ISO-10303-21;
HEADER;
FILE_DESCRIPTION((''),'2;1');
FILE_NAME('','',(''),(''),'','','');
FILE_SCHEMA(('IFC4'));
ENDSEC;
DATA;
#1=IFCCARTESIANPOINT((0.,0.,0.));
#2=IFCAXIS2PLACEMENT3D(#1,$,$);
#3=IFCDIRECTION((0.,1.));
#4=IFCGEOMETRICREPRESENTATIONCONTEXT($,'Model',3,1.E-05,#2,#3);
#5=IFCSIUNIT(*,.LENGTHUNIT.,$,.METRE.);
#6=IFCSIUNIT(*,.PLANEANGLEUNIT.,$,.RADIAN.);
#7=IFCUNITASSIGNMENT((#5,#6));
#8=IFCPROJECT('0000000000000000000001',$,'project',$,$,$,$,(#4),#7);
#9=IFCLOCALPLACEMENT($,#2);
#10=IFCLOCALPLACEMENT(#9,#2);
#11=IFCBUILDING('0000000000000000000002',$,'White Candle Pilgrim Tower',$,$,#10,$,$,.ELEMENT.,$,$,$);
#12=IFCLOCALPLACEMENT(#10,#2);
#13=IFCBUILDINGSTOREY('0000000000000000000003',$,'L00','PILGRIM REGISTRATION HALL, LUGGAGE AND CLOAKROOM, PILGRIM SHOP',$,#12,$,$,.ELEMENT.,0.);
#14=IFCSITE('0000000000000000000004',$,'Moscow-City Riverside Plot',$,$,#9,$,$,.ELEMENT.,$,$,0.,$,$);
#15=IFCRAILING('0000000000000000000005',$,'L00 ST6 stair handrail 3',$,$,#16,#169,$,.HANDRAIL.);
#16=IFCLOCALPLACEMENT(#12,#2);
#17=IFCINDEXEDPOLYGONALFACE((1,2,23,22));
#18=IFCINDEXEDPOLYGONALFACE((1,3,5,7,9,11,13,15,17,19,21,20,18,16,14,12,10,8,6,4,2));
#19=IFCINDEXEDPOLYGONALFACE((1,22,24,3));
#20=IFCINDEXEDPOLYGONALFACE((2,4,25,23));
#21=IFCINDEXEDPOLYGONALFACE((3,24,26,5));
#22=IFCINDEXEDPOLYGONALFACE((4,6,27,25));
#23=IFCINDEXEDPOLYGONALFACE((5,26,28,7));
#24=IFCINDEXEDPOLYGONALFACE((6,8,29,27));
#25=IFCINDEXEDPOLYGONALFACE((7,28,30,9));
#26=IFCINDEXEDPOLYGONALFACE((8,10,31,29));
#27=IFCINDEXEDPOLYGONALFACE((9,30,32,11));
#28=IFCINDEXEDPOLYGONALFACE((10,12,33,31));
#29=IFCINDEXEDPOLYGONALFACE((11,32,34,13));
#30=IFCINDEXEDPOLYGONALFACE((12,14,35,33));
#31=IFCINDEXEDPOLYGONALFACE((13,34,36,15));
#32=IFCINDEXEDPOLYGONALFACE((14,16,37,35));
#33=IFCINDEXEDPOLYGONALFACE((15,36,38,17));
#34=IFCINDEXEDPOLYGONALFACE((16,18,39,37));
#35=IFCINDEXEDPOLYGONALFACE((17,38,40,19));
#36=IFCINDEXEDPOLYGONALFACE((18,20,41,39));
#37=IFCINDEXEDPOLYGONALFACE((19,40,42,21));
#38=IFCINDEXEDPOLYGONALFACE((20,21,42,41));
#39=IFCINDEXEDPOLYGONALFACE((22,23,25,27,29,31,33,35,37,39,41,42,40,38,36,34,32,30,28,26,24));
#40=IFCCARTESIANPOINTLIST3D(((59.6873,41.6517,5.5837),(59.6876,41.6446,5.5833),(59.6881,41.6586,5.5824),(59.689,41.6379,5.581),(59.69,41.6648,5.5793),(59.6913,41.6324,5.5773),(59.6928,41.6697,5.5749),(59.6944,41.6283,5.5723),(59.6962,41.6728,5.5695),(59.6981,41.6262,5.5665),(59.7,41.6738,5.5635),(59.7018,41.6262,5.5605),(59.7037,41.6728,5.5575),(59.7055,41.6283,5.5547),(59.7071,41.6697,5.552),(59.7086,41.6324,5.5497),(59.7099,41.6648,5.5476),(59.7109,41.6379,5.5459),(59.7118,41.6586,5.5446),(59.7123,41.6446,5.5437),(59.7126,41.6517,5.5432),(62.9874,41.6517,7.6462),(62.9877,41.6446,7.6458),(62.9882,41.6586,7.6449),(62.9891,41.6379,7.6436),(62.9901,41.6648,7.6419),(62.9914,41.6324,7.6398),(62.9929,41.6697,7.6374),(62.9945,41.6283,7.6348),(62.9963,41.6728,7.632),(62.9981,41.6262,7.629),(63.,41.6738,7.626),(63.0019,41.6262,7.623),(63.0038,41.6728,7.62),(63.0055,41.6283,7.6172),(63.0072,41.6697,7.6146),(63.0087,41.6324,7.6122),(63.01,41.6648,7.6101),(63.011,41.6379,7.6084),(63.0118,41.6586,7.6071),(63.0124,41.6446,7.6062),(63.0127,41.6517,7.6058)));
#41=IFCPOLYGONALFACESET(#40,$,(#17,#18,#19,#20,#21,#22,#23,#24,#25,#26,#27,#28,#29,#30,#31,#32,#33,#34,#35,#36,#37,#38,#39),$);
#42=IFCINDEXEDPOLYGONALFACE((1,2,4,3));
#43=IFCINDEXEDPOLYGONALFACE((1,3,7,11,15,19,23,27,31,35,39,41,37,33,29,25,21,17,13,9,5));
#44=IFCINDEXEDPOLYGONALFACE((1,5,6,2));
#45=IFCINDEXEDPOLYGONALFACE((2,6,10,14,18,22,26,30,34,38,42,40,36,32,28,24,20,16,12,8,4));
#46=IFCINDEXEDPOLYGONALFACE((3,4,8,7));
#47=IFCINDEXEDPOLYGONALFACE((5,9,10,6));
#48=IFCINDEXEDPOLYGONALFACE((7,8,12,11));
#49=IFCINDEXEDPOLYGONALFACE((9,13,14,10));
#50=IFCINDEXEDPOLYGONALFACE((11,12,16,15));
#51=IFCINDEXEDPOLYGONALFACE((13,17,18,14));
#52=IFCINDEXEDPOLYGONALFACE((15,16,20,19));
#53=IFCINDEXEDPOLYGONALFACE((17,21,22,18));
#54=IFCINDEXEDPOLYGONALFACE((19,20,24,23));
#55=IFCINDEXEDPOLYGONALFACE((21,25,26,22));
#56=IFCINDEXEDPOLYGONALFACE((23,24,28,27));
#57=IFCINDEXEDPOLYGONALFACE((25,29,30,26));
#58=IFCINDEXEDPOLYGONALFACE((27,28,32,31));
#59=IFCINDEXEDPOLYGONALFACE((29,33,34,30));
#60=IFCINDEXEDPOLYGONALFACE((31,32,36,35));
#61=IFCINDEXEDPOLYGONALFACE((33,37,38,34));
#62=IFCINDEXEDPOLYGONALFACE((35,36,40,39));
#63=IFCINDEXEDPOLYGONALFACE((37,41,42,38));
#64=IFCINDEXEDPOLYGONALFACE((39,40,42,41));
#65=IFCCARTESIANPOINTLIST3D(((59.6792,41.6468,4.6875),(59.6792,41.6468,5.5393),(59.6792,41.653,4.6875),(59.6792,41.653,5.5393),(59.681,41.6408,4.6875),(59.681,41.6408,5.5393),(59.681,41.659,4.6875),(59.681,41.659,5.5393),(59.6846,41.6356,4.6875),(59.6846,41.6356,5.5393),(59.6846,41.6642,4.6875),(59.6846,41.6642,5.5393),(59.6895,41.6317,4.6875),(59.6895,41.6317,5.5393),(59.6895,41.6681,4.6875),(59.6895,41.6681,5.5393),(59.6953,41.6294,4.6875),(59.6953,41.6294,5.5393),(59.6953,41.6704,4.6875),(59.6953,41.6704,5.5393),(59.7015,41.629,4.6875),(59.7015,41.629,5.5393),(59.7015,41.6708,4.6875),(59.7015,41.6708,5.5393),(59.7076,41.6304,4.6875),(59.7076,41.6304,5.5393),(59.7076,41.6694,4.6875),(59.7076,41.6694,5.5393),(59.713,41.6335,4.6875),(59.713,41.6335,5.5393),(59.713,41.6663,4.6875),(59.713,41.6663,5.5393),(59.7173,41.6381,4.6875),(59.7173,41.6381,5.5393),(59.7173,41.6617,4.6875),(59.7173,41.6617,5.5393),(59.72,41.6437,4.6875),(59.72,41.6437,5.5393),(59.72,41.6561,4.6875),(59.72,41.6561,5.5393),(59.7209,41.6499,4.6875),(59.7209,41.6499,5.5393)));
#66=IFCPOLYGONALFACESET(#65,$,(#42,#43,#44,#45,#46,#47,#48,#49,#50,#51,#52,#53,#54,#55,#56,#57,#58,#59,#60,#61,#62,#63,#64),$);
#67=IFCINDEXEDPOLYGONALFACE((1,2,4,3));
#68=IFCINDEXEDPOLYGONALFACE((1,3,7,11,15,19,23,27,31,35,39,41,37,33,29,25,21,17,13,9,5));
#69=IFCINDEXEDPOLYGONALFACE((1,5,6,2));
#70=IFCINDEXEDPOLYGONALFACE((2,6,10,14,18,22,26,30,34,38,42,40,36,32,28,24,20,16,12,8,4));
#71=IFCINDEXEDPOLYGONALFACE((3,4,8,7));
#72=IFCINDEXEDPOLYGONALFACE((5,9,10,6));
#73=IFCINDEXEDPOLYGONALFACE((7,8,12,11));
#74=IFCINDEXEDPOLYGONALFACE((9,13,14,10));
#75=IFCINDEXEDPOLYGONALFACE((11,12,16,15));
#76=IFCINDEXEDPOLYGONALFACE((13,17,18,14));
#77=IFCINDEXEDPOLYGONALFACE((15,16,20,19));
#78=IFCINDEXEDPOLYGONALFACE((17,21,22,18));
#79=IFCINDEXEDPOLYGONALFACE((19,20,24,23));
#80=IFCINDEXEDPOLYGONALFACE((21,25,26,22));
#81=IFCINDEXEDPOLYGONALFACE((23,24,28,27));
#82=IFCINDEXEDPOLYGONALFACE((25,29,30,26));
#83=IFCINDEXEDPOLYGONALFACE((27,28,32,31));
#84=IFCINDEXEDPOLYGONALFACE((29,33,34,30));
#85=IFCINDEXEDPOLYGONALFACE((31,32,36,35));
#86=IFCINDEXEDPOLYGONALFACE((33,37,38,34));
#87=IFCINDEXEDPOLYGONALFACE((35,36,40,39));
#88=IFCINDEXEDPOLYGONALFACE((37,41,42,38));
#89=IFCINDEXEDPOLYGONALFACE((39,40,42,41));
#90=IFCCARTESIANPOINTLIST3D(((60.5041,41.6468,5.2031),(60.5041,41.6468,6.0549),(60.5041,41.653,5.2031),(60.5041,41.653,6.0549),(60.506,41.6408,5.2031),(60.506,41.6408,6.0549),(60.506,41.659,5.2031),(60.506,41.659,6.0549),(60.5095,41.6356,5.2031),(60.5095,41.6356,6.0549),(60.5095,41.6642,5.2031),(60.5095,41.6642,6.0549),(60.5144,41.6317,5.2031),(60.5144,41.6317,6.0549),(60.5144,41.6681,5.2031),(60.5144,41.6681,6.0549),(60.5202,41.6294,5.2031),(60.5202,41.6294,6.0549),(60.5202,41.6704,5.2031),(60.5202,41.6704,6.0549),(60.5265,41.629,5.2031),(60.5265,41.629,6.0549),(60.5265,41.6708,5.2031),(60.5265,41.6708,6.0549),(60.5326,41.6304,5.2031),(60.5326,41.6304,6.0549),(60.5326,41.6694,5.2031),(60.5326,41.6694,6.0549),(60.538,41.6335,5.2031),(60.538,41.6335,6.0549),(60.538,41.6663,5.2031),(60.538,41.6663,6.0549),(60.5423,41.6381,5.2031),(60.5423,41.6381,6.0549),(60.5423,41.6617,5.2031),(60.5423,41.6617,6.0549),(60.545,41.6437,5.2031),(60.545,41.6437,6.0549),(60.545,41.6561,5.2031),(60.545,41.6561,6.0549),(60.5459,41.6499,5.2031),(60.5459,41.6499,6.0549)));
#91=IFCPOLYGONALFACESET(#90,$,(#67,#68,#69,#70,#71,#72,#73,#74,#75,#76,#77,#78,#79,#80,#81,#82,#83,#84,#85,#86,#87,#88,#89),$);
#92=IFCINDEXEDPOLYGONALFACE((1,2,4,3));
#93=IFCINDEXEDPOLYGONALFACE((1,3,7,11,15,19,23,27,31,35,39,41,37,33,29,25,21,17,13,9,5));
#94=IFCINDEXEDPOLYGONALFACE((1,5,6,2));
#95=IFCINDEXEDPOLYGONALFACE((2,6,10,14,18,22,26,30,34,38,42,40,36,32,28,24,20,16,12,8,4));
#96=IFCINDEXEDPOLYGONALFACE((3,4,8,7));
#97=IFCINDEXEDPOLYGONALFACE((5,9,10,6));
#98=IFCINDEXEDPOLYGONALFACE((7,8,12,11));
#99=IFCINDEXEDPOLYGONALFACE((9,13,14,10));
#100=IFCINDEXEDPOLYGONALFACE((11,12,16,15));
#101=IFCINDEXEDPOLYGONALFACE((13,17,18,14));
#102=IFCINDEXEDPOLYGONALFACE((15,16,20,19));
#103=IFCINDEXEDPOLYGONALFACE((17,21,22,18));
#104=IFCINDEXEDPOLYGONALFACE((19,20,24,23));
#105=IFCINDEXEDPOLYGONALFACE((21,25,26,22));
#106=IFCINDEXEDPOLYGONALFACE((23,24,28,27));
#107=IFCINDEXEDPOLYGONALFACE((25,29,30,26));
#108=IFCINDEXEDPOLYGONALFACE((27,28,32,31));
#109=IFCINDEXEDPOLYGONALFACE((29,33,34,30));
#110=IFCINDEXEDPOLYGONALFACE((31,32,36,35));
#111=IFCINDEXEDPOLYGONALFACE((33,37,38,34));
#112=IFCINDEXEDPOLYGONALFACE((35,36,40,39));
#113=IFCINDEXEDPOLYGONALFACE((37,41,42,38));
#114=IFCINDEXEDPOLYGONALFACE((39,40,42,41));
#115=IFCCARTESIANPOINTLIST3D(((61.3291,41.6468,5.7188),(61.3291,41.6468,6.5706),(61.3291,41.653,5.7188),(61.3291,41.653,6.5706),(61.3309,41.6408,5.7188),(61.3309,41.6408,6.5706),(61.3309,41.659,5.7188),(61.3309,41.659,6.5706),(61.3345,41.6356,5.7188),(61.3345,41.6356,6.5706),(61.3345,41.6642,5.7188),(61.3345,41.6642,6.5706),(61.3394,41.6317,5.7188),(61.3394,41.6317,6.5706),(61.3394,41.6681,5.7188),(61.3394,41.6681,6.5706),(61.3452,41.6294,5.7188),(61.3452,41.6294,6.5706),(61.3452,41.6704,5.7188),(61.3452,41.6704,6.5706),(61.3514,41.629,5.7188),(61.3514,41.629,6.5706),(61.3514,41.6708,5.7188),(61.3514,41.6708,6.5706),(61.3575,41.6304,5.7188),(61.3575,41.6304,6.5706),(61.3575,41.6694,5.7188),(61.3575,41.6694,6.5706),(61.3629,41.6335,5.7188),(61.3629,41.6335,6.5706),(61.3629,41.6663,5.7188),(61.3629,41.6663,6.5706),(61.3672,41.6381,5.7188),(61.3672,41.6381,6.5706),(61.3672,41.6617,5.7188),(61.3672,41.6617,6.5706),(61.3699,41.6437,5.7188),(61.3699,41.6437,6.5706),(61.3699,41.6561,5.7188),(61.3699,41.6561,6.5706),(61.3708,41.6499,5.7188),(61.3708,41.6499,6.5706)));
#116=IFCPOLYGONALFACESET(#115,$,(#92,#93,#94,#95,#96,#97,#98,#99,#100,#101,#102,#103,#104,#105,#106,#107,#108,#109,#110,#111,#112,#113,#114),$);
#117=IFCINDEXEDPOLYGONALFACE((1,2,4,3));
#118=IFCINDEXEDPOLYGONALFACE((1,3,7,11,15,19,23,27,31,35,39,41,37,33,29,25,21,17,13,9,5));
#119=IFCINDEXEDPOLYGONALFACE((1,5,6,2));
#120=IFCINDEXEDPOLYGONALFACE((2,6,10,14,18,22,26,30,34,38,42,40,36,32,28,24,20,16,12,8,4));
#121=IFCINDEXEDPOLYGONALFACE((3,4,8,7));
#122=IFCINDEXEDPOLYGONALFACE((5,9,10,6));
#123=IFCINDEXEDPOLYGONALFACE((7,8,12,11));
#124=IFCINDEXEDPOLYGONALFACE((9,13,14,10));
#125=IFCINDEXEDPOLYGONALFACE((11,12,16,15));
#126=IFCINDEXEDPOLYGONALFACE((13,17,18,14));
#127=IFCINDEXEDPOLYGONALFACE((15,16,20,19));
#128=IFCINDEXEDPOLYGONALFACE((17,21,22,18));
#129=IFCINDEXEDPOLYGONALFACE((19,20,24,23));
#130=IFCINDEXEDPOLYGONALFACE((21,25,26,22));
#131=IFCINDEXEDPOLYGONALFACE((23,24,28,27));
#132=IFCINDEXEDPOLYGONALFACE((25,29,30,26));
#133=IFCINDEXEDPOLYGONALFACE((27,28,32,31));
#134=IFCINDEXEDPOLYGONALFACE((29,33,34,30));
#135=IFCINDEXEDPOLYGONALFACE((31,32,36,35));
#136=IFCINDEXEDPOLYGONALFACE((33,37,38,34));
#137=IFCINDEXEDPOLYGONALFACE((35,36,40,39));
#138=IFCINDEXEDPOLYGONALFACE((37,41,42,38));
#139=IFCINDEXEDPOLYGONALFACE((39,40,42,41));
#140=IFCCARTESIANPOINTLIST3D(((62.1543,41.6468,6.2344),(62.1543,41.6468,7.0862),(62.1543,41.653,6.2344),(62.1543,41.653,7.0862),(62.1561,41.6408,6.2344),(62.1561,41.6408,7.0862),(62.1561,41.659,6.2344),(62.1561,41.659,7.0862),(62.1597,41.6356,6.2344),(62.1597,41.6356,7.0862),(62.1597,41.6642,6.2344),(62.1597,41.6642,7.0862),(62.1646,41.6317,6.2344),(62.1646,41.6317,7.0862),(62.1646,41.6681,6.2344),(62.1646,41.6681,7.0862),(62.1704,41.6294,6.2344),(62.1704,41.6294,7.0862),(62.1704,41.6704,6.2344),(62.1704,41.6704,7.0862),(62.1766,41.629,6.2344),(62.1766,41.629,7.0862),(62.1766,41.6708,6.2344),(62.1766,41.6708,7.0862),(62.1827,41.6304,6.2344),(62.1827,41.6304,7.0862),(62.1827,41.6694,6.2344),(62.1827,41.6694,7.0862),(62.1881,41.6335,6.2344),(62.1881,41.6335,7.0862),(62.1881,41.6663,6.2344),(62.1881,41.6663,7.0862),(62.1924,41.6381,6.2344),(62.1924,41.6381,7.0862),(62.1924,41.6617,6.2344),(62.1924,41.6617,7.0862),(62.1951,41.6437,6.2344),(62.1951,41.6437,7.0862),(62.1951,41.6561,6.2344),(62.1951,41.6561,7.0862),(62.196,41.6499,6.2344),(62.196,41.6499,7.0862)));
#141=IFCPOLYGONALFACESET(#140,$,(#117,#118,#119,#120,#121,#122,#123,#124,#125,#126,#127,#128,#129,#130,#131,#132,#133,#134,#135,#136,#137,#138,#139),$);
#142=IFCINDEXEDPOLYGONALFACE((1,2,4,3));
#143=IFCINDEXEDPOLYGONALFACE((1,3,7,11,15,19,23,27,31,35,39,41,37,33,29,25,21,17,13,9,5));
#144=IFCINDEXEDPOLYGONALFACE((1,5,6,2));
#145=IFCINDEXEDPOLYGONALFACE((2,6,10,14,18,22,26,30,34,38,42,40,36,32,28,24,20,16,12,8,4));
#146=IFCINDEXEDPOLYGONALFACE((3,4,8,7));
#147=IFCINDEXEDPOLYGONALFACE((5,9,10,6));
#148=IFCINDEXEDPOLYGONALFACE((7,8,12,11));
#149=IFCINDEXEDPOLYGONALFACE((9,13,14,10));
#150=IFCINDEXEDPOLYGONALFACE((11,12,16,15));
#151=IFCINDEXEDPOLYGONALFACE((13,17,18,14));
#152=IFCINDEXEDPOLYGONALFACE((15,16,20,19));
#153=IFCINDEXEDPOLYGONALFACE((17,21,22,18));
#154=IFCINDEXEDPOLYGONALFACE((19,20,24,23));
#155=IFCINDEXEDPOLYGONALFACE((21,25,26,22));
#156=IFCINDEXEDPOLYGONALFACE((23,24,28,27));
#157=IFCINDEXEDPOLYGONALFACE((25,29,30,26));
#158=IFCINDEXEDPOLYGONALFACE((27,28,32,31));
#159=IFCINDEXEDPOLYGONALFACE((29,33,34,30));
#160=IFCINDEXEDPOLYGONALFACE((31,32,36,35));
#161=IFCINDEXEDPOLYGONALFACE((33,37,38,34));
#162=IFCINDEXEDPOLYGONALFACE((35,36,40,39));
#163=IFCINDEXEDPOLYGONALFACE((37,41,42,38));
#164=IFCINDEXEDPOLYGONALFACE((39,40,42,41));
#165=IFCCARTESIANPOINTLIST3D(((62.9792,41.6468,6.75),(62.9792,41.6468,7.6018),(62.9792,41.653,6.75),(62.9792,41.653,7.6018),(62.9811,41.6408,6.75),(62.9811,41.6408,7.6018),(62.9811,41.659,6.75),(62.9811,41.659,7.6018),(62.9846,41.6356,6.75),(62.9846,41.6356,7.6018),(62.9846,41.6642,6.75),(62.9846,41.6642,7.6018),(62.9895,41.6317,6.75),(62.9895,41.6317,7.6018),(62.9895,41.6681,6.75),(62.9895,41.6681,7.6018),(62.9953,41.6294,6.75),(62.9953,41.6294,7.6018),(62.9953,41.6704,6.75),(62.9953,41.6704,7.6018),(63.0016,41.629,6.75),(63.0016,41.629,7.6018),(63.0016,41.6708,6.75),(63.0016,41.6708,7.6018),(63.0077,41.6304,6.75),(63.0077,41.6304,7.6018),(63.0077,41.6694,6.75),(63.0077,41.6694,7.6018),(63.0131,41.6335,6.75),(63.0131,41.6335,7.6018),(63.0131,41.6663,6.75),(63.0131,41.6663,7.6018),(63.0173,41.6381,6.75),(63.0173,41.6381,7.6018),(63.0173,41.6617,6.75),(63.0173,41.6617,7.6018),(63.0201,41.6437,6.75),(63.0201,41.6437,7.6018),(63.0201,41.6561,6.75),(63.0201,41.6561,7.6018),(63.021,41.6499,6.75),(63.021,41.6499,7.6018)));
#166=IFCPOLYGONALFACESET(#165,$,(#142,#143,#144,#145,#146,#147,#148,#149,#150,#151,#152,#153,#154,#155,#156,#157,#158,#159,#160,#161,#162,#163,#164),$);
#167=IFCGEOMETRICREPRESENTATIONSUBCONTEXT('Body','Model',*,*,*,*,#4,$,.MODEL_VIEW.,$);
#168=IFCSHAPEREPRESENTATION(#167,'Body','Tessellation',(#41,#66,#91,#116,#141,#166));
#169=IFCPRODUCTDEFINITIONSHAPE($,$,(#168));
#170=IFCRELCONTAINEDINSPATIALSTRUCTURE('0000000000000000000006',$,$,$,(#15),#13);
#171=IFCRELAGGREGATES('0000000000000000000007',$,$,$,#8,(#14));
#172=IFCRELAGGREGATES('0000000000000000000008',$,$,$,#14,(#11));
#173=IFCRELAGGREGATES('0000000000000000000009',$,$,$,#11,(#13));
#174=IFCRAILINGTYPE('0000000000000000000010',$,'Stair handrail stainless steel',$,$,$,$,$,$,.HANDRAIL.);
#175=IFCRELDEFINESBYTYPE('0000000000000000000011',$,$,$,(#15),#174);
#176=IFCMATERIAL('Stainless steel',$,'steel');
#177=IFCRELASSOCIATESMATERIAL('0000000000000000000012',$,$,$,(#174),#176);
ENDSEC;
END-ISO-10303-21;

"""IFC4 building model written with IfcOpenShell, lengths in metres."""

from ifc_helpers import new_model, si_unit, direction, frame, origin, origin_2d, place, context, subcontext, project, spatial, circle, extrude, material, type_object, element, save


model = new_model("IFC4")

# Units and contexts
model_context = context("Model", 3, precision=1e-05, world=origin(), true_north=direction((0.0, 1.0)))
body_context = subcontext(model_context, "Body", "Model", "MODEL_VIEW")
ifc_project = project(units=[si_unit("LENGTHUNIT", "METRE"), si_unit("PLANEANGLEUNIT", "RADIAN")], contexts=[model_context])

# Site, building, storey
site_placement = place(None, origin())
site = spatial("IfcSite", under=ifc_project, at=site_placement, Name="Moscow-City Riverside Plot", CompositionType="ELEMENT", RefElevation=0.0)
building_placement = place(site_placement, origin())
building = spatial("IfcBuilding", under=site, at=building_placement, Name="White Candle Pilgrim Tower", CompositionType="ELEMENT")
storey_placement = place(building_placement, origin())
storey = spatial("IfcBuildingStorey", under=building, at=storey_placement, Name="L00", Description="PILGRIM REGISTRATION HALL, LUGGAGE AND CLOAKROOM, PILGRIM SHOP", CompositionType="ELEMENT", Elevation=0.0)

# Railing
ifc_material_1 = material(Name="Stainless steel", Category="steel")
railing_type_1 = type_object("IfcRailingType", Name="Stair handrail stainless steel", PredefinedType="HANDRAIL", material=ifc_material_1)
railing_1_placement = place(storey_placement, frame((59.7, 41.6499, 4.6875)))
element("IfcRailing", 1, at=railing_1_placement, inside=storey, type_object=railing_type_1, Name="L00 ST6 stair handrail 3", PredefinedType="HANDRAIL", context=body_context, shape_type="SweptSolid", body=[
    extrude(circle(Radius=0.0239, at=origin_2d()), frame((0.0, 0.0, 0.876), z_axis=(0.848002, 0.0, 0.529993), x_axis=(0.0, 1.0, 0.0)), (0.0, 0.0, 1.0), 3.8916),
    extrude(circle(Radius=0.021, at=origin_2d()), origin(), (0.0, 0.0, 1.0), 0.8518),
    extrude(circle(Radius=0.021, at=origin_2d()), frame((0.825, 0.0, 0.5156)), (0.0, 0.0, 1.0), 0.8518),
    extrude(circle(Radius=0.021, at=origin_2d()), frame((1.6499, 0.0, 1.0312)), (0.0, 0.0, 1.0), 0.8518),
    extrude(circle(Radius=0.021, at=origin_2d()), frame((2.4751, 0.0, 1.5469)), (0.0, 0.0, 1.0), 0.8518),
    extrude(circle(Radius=0.021, at=origin_2d()), frame((3.3, 0.0, 2.0625)), (0.0, 0.0, 1.0), 0.8518),
])

save(model, "model.ifc")
